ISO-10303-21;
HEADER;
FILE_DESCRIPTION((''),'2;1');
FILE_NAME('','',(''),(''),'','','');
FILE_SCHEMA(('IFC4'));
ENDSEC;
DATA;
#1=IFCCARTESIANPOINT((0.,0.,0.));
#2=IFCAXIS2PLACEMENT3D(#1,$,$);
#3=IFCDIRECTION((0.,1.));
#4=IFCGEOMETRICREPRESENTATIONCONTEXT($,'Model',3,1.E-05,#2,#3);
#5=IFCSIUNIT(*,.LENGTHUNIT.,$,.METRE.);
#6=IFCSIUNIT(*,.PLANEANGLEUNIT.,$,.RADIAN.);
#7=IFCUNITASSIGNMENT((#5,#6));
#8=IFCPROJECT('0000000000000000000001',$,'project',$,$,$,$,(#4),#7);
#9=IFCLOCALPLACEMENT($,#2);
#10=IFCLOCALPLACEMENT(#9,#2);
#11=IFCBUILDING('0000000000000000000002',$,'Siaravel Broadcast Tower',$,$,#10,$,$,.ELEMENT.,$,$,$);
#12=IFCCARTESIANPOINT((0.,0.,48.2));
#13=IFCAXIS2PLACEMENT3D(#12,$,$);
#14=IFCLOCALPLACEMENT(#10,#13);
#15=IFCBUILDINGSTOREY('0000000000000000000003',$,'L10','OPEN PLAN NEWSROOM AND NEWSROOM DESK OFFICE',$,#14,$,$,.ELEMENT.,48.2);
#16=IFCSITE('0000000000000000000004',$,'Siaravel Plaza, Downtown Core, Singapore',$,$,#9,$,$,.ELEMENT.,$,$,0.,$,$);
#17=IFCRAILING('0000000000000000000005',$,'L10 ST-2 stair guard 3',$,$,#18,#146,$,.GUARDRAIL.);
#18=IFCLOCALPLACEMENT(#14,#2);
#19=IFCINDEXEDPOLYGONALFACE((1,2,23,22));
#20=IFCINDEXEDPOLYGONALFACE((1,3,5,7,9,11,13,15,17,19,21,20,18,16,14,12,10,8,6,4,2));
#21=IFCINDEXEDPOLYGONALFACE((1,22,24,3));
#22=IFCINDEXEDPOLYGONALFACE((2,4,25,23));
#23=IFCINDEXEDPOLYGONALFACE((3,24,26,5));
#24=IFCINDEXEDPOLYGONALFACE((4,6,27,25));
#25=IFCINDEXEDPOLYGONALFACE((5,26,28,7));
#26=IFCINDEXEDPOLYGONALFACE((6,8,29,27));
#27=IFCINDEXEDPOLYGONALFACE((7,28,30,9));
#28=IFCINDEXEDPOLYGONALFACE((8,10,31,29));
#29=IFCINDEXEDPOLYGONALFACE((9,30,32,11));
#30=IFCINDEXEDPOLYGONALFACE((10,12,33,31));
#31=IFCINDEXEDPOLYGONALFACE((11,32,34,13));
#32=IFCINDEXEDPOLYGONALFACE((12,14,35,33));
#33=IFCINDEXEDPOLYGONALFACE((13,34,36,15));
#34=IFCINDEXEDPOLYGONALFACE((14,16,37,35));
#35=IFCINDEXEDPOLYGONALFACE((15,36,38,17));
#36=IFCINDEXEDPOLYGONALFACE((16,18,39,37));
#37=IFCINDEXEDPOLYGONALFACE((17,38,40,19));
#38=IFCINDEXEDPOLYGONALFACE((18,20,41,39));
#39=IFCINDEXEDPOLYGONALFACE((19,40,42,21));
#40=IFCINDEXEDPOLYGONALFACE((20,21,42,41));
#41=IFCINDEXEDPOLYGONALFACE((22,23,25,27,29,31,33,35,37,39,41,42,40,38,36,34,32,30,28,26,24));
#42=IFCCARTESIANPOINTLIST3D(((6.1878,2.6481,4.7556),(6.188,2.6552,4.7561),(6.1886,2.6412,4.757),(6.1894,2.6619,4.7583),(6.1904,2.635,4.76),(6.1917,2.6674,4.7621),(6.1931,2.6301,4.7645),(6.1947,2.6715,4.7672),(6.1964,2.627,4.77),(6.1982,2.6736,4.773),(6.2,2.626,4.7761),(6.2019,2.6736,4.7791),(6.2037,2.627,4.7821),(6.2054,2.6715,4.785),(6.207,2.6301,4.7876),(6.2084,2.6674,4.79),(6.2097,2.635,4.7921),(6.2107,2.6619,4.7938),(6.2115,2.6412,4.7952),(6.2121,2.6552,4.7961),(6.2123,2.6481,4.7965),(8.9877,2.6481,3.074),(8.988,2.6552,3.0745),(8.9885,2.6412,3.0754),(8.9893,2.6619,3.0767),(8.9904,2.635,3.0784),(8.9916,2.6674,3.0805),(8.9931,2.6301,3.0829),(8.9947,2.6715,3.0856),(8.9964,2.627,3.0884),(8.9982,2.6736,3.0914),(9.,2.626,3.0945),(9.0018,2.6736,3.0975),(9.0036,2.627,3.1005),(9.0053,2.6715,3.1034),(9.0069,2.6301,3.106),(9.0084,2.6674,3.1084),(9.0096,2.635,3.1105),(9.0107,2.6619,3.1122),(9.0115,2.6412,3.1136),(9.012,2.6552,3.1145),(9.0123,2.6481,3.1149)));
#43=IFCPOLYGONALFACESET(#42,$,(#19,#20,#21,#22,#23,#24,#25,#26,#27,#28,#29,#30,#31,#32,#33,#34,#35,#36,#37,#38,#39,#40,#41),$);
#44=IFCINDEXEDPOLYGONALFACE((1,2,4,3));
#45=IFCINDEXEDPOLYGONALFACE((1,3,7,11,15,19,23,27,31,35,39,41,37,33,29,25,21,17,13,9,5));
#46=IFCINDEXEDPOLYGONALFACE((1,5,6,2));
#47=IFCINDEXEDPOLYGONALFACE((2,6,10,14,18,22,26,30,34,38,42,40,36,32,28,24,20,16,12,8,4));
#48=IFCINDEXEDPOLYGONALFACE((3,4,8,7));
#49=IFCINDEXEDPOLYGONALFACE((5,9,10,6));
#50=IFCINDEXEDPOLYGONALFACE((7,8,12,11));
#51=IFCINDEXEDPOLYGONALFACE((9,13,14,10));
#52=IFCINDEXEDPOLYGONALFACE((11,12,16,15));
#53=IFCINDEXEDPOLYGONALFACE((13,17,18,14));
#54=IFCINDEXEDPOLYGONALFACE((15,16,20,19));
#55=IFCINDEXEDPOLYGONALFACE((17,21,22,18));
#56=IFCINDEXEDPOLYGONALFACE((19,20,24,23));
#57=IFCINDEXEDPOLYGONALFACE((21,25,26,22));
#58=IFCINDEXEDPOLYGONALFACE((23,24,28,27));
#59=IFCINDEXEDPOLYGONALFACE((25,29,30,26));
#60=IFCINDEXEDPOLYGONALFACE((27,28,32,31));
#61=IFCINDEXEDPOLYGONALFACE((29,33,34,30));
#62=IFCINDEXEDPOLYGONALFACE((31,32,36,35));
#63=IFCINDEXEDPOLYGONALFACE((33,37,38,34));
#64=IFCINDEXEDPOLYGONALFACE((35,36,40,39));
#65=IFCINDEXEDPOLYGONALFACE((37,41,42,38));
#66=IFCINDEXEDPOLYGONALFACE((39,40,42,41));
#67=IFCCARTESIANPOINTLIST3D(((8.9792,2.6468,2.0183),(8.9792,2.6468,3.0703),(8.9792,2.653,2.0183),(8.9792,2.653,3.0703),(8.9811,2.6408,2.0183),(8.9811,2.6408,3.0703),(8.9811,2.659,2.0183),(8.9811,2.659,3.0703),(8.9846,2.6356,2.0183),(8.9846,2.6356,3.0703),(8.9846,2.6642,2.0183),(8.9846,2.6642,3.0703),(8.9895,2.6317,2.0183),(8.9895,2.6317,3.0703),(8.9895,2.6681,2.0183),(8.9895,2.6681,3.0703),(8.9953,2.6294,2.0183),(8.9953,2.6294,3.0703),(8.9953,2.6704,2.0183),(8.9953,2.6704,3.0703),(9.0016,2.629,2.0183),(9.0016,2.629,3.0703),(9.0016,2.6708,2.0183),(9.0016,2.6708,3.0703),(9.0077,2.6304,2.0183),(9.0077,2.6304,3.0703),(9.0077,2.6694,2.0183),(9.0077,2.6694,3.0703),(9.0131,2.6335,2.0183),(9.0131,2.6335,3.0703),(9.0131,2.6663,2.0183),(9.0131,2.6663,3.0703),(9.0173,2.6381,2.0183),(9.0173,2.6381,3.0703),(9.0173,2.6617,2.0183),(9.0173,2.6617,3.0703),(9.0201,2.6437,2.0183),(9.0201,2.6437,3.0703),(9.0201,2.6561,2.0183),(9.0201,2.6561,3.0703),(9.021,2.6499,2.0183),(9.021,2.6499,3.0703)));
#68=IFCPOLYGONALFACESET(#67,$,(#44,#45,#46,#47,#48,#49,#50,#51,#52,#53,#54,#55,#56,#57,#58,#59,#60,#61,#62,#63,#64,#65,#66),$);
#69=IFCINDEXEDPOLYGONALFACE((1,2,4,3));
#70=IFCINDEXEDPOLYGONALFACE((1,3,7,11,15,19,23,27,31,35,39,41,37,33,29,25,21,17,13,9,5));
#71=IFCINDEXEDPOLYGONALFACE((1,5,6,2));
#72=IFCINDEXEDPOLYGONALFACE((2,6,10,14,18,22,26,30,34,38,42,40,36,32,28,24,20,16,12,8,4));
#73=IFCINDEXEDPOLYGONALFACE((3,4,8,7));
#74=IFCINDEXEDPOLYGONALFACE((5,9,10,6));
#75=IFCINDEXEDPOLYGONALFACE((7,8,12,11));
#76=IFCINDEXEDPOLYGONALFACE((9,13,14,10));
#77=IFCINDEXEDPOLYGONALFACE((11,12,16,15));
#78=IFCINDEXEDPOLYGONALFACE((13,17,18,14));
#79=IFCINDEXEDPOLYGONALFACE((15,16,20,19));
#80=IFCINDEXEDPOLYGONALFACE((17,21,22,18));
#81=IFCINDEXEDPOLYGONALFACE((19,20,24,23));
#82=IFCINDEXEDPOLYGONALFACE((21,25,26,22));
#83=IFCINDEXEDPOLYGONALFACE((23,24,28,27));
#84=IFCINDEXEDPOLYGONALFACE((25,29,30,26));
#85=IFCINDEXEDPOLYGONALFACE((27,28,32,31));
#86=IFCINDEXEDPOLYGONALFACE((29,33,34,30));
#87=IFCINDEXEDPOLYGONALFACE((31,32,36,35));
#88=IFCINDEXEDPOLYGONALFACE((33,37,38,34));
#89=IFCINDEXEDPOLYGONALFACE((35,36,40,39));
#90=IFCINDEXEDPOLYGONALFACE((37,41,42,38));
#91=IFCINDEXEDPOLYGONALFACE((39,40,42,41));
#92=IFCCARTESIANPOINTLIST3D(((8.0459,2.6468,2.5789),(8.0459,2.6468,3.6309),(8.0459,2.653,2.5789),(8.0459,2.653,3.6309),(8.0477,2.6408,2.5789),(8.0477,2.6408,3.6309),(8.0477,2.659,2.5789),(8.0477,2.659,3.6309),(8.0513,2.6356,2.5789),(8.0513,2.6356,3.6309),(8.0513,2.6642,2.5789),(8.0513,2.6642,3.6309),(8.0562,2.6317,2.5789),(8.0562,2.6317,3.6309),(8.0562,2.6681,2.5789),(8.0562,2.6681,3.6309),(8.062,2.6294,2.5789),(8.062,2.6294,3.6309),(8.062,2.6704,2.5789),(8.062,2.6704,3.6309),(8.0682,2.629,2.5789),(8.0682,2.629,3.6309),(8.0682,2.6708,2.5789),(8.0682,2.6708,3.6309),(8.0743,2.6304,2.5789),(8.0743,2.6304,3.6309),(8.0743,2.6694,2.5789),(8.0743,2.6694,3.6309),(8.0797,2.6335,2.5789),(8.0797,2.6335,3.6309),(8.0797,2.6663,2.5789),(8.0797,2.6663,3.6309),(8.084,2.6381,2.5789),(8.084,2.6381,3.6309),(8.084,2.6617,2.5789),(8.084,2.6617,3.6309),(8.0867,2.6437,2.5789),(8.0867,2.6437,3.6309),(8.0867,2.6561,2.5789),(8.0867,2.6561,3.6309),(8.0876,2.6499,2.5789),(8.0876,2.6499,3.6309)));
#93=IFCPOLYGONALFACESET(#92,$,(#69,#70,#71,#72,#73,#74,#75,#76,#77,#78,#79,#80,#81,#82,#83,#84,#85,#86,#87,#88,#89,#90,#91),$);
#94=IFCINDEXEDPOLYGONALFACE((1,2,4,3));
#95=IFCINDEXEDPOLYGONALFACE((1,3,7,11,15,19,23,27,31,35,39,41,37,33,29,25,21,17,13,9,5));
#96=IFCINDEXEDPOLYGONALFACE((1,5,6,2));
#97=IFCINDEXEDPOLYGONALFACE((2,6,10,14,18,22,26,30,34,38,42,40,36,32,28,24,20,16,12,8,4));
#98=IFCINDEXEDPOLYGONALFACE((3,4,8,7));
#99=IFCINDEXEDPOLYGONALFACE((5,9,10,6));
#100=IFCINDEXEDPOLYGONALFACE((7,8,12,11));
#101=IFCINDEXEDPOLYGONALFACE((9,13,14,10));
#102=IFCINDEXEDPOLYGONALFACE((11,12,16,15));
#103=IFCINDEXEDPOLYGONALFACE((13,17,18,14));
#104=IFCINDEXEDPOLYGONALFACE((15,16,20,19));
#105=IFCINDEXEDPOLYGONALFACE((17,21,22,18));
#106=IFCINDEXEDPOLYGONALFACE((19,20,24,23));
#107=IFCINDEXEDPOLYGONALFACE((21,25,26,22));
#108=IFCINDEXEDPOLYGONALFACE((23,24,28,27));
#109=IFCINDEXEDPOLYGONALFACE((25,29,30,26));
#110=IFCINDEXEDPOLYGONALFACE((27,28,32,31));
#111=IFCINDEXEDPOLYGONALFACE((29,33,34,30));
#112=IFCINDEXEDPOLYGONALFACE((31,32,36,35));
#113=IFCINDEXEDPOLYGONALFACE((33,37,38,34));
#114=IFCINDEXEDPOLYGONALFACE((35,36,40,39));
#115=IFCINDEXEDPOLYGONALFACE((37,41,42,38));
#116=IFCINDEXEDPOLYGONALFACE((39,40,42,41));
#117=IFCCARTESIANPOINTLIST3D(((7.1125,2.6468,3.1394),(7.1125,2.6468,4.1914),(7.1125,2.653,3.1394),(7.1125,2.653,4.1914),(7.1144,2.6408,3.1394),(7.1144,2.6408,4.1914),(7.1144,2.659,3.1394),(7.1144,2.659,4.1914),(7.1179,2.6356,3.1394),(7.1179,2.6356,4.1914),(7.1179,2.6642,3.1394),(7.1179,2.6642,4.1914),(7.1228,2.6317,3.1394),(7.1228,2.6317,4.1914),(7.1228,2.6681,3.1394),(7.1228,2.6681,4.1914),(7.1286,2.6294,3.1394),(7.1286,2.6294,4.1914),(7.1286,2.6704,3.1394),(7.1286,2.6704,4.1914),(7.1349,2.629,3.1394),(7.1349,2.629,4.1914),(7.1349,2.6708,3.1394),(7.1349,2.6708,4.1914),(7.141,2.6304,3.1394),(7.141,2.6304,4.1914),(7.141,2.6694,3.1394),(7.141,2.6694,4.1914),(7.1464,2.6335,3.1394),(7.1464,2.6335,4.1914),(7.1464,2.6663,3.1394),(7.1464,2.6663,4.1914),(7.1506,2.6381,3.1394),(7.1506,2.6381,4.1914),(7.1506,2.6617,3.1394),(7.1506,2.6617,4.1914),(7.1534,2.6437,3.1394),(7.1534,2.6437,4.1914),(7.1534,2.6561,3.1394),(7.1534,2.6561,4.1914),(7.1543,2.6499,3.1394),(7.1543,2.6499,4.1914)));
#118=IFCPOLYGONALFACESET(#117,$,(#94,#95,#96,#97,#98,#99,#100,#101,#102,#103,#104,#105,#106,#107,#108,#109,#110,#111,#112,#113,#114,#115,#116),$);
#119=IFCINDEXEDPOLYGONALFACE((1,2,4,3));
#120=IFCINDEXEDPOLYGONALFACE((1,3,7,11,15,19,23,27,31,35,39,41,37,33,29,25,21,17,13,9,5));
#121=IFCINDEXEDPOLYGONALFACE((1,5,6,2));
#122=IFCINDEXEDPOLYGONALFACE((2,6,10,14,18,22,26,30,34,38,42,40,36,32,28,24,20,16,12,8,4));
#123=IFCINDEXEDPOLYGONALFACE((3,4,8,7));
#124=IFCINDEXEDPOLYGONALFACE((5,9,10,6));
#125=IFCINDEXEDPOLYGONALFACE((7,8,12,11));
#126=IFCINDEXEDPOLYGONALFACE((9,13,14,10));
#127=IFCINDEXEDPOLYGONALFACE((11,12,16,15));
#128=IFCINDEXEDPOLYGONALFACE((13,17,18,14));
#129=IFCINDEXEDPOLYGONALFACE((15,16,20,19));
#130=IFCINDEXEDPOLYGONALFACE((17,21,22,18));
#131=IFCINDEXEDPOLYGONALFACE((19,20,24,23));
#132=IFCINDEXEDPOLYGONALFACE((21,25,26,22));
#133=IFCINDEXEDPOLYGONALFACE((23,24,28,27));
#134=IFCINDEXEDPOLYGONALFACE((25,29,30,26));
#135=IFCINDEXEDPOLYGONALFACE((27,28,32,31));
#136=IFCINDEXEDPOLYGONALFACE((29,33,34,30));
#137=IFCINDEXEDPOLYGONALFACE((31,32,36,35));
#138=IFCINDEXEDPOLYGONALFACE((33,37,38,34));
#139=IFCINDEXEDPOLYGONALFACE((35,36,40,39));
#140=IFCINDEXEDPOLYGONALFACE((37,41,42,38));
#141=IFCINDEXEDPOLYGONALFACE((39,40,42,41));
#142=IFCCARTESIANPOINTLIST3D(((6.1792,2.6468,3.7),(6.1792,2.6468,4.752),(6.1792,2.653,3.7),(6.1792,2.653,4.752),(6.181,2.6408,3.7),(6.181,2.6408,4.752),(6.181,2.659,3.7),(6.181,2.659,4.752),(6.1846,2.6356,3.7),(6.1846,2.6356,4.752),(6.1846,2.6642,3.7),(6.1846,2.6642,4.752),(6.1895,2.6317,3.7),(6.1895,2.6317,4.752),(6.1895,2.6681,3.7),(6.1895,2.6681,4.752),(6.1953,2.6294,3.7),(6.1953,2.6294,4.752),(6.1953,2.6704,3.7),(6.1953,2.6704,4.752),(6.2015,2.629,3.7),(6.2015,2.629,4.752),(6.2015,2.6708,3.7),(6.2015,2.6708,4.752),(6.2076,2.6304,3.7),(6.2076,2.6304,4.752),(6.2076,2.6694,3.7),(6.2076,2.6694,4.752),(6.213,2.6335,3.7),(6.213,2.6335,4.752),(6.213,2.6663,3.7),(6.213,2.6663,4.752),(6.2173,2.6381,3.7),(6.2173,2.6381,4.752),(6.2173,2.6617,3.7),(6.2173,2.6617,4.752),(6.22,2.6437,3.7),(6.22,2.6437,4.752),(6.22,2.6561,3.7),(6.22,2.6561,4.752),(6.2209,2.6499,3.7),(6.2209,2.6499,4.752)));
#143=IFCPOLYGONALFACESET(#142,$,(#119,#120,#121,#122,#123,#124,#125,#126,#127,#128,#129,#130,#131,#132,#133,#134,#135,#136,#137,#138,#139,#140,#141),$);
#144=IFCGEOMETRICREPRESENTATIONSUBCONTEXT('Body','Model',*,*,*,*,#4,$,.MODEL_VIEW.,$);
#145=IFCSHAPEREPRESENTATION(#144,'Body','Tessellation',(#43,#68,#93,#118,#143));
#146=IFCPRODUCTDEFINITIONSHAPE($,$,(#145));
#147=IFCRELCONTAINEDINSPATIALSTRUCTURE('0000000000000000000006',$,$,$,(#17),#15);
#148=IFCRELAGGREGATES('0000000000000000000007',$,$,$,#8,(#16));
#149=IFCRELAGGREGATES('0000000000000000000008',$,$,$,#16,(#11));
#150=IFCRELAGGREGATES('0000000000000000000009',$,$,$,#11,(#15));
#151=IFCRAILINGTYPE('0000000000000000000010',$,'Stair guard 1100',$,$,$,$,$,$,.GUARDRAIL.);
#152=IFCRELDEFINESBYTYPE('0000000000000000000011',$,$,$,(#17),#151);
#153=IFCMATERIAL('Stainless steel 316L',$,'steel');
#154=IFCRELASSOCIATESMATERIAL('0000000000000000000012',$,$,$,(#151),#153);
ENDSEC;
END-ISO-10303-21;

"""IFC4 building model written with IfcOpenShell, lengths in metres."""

from ifc_helpers import new_model, si_unit, direction, frame, origin, origin_2d, place, context, subcontext, project, spatial, circle, extrude, material, type_object, element, save


model = new_model("IFC4")

# Units and contexts
model_context = context("Model", 3, precision=1e-05, world=origin(), true_north=direction((0.0, 1.0)))
body_context = subcontext(model_context, "Body", "Model", "MODEL_VIEW")
ifc_project = project(units=[si_unit("LENGTHUNIT", "METRE"), si_unit("PLANEANGLEUNIT", "RADIAN")], contexts=[model_context])

# Site, building, storey
site_placement = place(None, origin())
site = spatial("IfcSite", under=ifc_project, at=site_placement, Name="Siaravel Plaza, Downtown Core, Singapore", CompositionType="ELEMENT", RefElevation=0.0)
building_placement = place(site_placement, origin())
building = spatial("IfcBuilding", under=site, at=building_placement, Name="Siaravel Broadcast Tower", CompositionType="ELEMENT")
storey_placement = place(building_placement, frame((0.0, 0.0, 48.2)))
storey = spatial("IfcBuildingStorey", under=building, at=storey_placement, Name="L10", Description="OPEN PLAN NEWSROOM AND NEWSROOM DESK OFFICE", CompositionType="ELEMENT", Elevation=48.2)

# Railing
ifc_material_1 = material(Name="Stainless steel 316L", Category="steel")
railing_type_1 = type_object("IfcRailingType", Name="Stair guard 1100", PredefinedType="GUARDRAIL", material=ifc_material_1)
railing_1_placement = place(storey_placement, frame((9.0, 2.6499, 2.0183)))
element("IfcRailing", 1, at=railing_1_placement, inside=storey, type_object=railing_type_1, Name="L10 ST-2 stair guard 3", PredefinedType="GUARDRAIL", context=body_context, shape_type="SweptSolid", body=[
    extrude(circle(Radius=0.0239, at=origin_2d()), frame((0.0, 0.0, 1.0762), z_axis=(-0.857275, 0.0, 0.514858), x_axis=(0.0, -1.0, 0.0)), (0.0, 0.0, 1.0), 3.2661),
    extrude(circle(Radius=0.021, at=origin_2d()), origin(), (0.0, 0.0, 1.0), 1.052),
    extrude(circle(Radius=0.021, at=origin_2d()), frame((-0.9333, 0.0, 0.5605)), (0.0, 0.0, 1.0), 1.052),
    extrude(circle(Radius=0.021, at=origin_2d()), frame((-1.8667, 0.0, 1.1211)), (0.0, 0.0, 1.0), 1.052),
    extrude(circle(Radius=0.021, at=origin_2d()), frame((-2.8, 0.0, 1.6816)), (0.0, 0.0, 1.0), 1.052),
])

save(model, "model.ifc")
